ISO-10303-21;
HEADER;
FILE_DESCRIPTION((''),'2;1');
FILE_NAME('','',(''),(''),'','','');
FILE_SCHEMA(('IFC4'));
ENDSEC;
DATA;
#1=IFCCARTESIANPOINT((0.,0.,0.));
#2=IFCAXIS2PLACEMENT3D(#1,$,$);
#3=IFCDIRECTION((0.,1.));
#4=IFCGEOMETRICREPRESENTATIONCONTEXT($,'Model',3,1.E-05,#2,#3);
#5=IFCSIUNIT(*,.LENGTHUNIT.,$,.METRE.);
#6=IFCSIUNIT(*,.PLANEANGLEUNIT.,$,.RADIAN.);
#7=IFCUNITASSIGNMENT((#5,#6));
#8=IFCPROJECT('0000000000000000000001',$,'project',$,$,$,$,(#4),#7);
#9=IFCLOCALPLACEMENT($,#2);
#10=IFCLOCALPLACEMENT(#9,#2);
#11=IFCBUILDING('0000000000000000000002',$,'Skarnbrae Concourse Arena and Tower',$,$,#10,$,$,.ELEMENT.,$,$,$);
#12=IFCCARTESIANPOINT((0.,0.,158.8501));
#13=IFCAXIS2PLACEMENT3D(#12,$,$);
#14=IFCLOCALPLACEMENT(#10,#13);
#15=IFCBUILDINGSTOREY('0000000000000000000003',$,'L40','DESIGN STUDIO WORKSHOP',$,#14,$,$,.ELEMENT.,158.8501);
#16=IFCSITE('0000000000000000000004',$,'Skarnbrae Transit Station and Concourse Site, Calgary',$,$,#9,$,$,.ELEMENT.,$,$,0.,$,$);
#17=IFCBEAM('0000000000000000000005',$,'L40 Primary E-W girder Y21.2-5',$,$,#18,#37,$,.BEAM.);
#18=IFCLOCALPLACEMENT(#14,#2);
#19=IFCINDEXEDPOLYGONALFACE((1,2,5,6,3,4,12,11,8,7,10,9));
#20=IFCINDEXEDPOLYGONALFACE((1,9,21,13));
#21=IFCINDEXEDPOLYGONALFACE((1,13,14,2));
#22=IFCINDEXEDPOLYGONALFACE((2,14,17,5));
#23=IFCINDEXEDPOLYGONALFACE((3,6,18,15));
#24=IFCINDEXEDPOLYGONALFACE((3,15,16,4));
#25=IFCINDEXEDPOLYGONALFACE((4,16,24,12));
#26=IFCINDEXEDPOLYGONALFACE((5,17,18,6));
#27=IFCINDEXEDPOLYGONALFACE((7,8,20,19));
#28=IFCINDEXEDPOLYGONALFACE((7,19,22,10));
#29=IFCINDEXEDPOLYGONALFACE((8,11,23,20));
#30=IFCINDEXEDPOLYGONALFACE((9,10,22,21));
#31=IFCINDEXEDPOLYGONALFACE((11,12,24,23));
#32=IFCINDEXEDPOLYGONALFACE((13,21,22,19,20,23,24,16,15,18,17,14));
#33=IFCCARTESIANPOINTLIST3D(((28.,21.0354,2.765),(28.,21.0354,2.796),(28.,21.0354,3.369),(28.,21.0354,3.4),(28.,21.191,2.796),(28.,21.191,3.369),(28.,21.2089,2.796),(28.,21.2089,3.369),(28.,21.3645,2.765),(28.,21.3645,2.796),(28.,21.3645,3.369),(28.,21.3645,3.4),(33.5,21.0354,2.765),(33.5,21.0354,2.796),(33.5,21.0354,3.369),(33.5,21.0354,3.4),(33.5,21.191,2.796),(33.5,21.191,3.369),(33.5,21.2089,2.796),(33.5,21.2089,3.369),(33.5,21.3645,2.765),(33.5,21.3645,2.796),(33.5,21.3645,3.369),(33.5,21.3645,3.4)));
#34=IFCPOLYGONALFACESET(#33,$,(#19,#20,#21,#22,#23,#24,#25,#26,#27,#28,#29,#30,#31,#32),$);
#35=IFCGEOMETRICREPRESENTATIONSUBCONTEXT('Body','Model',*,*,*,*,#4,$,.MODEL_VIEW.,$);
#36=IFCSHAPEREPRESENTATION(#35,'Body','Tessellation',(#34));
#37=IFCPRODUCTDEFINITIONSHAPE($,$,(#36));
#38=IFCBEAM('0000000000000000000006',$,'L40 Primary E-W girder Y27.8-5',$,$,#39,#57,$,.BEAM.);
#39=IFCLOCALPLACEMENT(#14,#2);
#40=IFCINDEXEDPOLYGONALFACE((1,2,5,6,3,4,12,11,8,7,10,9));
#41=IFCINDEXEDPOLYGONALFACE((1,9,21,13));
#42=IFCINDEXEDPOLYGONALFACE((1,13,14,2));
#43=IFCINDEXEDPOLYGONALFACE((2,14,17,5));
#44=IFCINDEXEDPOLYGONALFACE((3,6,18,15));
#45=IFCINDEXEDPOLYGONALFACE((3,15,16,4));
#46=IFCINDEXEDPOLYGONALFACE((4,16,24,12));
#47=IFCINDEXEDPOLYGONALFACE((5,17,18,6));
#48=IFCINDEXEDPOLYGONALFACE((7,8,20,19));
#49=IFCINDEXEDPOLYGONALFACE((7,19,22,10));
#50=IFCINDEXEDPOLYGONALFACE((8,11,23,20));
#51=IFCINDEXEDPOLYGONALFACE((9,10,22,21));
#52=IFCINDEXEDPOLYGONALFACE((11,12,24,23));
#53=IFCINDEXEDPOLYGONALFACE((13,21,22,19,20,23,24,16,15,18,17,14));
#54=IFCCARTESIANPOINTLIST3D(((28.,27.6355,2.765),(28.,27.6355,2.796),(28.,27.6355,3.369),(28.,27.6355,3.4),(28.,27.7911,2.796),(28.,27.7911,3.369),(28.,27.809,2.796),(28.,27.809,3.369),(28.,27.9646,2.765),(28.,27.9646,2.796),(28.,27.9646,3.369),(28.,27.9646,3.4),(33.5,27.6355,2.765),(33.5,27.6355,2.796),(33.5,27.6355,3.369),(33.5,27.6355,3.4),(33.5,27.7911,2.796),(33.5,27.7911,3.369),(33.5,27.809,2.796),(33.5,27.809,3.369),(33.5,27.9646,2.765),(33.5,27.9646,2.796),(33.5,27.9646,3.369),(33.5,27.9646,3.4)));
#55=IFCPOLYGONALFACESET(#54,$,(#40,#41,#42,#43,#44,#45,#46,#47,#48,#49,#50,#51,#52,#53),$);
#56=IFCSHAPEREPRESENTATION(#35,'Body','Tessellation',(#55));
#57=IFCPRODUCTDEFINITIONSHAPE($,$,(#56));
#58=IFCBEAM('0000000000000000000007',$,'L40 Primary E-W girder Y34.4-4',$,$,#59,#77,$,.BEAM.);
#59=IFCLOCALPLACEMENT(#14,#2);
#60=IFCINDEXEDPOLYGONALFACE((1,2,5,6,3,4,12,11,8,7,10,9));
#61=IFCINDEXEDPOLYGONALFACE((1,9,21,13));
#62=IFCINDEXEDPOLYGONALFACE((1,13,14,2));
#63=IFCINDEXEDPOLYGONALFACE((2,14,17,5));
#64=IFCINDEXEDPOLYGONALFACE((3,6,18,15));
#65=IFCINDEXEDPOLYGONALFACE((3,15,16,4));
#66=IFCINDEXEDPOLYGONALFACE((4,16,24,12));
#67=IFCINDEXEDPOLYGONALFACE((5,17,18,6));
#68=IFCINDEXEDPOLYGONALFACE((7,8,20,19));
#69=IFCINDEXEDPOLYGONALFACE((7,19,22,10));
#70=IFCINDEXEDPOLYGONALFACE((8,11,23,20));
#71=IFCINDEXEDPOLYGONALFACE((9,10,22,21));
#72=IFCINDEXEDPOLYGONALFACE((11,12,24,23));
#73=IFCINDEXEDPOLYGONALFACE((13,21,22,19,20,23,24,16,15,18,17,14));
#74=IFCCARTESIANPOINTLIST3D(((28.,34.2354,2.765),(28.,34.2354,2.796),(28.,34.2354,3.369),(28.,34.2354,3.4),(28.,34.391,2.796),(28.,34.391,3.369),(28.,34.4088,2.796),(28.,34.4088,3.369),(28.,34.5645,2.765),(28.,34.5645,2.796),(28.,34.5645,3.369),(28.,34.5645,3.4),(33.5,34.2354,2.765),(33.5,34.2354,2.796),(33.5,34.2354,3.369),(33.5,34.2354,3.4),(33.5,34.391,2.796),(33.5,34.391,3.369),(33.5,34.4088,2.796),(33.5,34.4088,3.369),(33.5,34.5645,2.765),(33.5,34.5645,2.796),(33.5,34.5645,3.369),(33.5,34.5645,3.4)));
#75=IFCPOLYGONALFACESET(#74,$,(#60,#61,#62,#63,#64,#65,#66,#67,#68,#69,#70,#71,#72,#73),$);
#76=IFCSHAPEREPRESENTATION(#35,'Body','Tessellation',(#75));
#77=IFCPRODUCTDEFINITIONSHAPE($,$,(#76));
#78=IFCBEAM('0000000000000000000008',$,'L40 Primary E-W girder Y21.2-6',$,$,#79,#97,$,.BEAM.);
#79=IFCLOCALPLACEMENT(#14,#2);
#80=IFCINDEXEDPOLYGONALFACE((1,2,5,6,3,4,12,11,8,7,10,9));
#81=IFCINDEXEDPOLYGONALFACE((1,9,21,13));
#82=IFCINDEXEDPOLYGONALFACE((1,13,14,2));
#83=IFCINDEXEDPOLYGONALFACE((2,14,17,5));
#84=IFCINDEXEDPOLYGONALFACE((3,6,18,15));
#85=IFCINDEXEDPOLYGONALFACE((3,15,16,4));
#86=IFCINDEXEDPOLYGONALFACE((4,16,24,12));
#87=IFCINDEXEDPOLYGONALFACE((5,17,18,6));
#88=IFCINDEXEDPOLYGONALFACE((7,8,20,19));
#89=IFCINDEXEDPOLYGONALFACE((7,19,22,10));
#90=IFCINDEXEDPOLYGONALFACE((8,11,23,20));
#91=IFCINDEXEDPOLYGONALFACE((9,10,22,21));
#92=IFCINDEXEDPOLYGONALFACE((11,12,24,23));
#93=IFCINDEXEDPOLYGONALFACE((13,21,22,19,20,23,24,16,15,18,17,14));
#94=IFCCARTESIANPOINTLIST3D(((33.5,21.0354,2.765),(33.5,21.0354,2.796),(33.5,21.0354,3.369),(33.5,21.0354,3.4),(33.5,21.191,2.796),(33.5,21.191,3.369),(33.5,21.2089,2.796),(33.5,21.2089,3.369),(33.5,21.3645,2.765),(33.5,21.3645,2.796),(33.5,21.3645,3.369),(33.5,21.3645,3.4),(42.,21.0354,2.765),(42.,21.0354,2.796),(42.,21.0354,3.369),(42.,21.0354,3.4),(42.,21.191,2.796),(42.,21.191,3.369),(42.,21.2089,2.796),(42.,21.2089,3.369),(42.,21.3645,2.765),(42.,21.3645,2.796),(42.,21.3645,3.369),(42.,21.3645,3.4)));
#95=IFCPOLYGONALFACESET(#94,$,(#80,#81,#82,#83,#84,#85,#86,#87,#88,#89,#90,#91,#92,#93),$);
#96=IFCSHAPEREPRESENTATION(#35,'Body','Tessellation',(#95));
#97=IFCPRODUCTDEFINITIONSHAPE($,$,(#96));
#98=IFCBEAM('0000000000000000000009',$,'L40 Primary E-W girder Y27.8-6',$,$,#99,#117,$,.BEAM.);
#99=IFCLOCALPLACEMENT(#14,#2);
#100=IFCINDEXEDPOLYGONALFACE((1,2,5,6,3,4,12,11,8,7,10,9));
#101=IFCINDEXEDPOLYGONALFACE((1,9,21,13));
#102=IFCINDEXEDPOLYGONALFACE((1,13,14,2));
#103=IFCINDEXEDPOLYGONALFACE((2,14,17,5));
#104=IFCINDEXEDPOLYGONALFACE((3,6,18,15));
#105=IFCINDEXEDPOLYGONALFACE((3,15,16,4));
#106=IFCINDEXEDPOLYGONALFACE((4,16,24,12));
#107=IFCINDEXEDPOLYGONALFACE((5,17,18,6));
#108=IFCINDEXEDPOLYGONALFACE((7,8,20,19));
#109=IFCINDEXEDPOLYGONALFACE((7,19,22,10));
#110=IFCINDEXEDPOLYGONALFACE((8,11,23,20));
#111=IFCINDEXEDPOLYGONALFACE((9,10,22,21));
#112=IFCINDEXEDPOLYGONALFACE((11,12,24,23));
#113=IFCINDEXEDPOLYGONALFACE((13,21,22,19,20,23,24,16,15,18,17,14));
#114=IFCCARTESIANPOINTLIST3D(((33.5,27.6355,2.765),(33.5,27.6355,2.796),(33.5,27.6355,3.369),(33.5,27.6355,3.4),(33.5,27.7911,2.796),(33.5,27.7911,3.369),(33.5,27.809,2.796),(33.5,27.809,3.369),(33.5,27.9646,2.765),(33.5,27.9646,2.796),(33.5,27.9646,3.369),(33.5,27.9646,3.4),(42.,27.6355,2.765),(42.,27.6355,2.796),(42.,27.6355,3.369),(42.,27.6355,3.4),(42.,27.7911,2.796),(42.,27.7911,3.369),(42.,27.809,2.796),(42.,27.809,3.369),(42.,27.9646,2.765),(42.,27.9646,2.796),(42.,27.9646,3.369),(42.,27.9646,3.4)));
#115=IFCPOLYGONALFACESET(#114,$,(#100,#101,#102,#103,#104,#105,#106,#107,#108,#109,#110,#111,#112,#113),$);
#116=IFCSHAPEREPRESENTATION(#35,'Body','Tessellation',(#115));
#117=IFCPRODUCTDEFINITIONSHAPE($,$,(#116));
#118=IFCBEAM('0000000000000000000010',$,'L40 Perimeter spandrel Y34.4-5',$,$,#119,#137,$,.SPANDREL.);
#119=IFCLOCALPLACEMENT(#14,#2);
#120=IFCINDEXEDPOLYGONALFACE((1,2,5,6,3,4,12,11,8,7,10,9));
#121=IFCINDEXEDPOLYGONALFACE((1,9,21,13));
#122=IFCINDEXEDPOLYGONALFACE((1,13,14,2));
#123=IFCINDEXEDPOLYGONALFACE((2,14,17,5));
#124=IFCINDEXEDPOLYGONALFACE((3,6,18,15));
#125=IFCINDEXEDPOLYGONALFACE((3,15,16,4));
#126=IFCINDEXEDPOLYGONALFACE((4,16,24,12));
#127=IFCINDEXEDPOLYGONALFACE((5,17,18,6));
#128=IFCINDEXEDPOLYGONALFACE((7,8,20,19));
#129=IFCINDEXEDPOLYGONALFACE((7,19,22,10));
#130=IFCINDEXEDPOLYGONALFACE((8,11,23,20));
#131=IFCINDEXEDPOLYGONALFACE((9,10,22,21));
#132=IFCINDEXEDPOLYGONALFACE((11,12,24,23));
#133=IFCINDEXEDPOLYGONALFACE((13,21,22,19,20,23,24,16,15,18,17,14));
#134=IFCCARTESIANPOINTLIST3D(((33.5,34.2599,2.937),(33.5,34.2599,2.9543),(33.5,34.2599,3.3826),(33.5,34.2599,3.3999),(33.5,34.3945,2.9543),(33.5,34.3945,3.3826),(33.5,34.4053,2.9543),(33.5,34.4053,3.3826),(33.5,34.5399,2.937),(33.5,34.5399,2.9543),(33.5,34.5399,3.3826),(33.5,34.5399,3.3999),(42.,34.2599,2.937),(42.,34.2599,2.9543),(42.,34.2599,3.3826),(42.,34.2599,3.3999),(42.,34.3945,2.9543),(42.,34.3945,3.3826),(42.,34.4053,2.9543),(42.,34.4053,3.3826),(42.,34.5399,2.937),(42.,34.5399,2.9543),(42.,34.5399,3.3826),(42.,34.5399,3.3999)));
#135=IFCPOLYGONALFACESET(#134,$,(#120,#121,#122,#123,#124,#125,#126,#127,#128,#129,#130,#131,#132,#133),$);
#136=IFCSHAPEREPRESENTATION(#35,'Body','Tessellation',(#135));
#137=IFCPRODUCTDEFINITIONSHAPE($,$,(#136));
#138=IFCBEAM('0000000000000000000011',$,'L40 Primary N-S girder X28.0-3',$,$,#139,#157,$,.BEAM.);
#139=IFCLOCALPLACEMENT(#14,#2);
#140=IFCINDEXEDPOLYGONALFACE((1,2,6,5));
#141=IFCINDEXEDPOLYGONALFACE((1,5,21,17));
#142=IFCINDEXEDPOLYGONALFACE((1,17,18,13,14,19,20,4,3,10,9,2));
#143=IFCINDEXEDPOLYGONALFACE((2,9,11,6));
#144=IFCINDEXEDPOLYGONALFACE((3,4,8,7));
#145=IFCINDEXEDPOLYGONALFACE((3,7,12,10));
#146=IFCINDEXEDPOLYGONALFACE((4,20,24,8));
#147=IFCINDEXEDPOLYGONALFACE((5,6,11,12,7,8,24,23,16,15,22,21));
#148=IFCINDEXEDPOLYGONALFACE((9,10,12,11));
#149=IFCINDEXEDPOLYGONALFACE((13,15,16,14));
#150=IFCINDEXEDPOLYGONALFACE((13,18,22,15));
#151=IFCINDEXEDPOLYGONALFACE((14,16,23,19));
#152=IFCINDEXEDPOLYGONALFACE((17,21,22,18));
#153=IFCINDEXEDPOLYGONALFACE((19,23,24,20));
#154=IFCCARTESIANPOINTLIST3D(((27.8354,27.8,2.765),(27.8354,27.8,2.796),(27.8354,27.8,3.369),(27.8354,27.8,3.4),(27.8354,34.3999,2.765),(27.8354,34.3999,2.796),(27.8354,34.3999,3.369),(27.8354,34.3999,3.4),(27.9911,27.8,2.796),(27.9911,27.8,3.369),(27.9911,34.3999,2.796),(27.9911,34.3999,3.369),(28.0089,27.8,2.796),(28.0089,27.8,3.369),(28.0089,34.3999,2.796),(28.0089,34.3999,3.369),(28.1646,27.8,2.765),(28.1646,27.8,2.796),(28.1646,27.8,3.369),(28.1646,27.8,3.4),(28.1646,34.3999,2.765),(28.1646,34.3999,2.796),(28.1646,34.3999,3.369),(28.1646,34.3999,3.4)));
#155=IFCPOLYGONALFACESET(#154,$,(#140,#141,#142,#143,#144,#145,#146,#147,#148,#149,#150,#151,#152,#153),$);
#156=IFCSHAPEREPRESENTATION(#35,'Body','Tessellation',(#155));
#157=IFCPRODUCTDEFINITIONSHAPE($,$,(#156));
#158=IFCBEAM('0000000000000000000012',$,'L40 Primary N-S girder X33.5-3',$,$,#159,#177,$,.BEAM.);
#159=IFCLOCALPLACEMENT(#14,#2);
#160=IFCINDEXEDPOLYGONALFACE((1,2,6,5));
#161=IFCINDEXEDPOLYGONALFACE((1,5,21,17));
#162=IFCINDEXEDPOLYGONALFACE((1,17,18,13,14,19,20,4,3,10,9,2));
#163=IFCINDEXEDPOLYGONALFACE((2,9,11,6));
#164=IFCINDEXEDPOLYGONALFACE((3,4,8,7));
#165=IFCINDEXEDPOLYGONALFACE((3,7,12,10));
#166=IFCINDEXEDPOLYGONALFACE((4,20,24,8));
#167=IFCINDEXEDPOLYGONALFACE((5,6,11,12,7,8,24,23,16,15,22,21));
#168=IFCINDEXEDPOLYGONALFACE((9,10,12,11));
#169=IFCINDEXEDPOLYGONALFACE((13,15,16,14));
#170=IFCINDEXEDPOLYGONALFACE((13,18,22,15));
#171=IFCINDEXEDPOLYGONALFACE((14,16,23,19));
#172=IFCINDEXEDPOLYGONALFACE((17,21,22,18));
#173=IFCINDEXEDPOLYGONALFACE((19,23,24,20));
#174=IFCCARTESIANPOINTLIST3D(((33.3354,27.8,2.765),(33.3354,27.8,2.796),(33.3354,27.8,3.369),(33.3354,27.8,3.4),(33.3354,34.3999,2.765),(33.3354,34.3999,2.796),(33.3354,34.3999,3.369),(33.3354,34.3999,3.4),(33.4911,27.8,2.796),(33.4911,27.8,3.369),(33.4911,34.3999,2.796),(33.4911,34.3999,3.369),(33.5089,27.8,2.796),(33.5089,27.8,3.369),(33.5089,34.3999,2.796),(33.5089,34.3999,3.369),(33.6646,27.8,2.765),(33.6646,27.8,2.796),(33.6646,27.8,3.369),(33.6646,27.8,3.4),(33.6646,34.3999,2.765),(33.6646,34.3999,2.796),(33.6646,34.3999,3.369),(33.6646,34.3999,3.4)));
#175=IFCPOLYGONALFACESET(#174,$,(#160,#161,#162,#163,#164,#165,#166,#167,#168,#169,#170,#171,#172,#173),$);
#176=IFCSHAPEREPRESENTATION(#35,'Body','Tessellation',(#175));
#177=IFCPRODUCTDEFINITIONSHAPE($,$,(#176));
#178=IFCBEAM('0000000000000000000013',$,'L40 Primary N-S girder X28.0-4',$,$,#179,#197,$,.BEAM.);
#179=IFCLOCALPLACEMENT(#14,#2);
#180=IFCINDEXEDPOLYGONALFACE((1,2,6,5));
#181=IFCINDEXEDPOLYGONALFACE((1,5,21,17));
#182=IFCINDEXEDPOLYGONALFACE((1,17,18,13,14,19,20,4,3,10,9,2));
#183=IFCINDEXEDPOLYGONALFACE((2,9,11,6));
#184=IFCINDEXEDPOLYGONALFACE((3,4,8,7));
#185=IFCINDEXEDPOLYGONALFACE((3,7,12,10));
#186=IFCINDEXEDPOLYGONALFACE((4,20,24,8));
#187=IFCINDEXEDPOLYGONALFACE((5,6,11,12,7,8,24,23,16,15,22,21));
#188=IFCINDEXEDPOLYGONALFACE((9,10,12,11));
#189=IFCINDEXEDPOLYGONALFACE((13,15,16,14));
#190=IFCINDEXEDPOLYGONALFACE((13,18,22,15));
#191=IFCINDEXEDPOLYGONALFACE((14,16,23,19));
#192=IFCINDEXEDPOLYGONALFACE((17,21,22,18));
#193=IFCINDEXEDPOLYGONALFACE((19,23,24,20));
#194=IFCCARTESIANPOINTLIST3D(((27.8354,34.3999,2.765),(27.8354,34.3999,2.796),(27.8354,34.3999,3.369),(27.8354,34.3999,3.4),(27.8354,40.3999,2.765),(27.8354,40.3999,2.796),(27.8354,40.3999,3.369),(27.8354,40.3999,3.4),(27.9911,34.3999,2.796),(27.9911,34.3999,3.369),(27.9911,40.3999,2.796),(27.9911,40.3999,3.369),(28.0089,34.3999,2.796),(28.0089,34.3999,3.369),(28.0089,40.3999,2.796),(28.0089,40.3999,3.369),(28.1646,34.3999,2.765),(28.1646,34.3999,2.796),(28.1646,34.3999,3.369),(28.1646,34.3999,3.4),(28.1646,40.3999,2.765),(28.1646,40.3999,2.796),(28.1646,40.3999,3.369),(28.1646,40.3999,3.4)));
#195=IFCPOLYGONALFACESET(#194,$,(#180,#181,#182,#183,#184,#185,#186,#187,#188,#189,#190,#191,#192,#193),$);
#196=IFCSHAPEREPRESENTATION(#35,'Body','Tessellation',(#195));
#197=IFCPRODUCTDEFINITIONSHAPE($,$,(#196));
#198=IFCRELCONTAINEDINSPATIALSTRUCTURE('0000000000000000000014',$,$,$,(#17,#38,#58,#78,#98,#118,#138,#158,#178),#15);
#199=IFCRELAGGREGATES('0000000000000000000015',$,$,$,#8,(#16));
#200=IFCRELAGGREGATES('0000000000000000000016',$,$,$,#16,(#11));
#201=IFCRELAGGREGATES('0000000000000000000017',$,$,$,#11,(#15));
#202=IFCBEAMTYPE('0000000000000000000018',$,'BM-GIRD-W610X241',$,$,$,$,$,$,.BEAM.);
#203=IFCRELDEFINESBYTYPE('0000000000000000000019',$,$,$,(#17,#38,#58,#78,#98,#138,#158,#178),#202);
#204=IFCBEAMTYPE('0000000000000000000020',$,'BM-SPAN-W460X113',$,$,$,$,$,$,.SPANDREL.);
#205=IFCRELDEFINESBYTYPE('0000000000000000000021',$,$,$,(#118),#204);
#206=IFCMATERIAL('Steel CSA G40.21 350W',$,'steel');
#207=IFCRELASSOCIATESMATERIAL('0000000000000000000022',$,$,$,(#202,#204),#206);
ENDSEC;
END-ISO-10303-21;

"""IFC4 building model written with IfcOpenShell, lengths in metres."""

from ifc_helpers import new_model, si_unit, direction, frame, origin, origin_2d, place, context, subcontext, project, spatial, i_section, extrude, source, transform, mapped, material, material_profile, profile_set, type_object, element, save


model = new_model("IFC4")

# Units and contexts
model_context = context("Model", 3, precision=1e-05, world=origin(), true_north=direction((0.0, 1.0)))
body_context = subcontext(model_context, "Body", "Model", "MODEL_VIEW")
ifc_project = project(units=[si_unit("LENGTHUNIT", "METRE"), si_unit("PLANEANGLEUNIT", "RADIAN")], contexts=[model_context])

# Site, building, storey
site_placement = place(None, origin())
site = spatial("IfcSite", under=ifc_project, at=site_placement, Name="Skarnbrae Transit Station and Concourse Site, Calgary", CompositionType="ELEMENT", RefElevation=0.0)
building_placement = place(site_placement, origin())
building = spatial("IfcBuilding", under=site, at=building_placement, Name="Skarnbrae Concourse Arena and Tower", CompositionType="ELEMENT")
storey_placement = place(building_placement, frame((0.0, 0.0, 158.8501)))
storey = spatial("IfcBuildingStorey", under=building, at=storey_placement, Name="L40", Description="DESIGN STUDIO WORKSHOP", CompositionType="ELEMENT", Elevation=158.8501)

# Shared definitions
ifc_material_1 = material(Name="Steel CSA G40.21 350W", Category="steel")

# Beams
ifc_material_profile_1 = material_profile(ifc_material_1, i_section(OverallWidth=0.3291, OverallDepth=0.635, WebThickness=0.0178, FlangeThickness=0.031, at=origin_2d()), Name="W610X241")
ifc_profile_set_1 = profile_set([ifc_material_profile_1], Name="Steel CSA G40.21 350W")
beam_type_1 = type_object("IfcBeamType", Name="BM-GIRD-W610X241", PredefinedType="BEAM", material=ifc_profile_set_1)
shared_shape_1 = source(origin(), body_context, "Body", "SweptSolid", [
    extrude(i_section(OverallWidth=0.3291, OverallDepth=0.635, WebThickness=0.0178, FlangeThickness=0.031, at=origin_2d()), origin(), (0.0, 0.0, 1.0), 5.5),
])
for number, where, z_axis, x_axis, name in (
    (1, (28.0, 21.2, 3.0825), (1.0, 0.0, 0.0), (0.0, 1.0, 0.0), "L40 Primary E-W girder Y21.2-5"),
    (2, (28.0, 27.8, 3.0825), (1.0, 0.0, 0.0), (0.0, 1.0, 0.0), "L40 Primary E-W girder Y27.8-5"),
    (3, (28.0, 34.3999, 3.0825), (1.0, 0.0, 0.0), (0.0, 1.0, 0.0), "L40 Primary E-W girder Y34.4-4"),
):
    element("IfcBeam", number, at=place(storey_placement, frame(where, z_axis=z_axis, x_axis=x_axis)), inside=storey, type_object=beam_type_1, Name=name, PredefinedType="BEAM", context=body_context, shape_type="MappedRepresentation", body=[
        mapped(shared_shape_1, transform((0.0, 0.0, 0.0))),
    ])
shared_shape_2 = source(origin(), body_context, "Body", "SweptSolid", [
    extrude(i_section(OverallWidth=0.3291, OverallDepth=0.635, WebThickness=0.0178, FlangeThickness=0.031, at=origin_2d()), origin(), (0.0, 0.0, 1.0), 8.5),
])
for number, where, z_axis, x_axis, name in (
    (4, (33.5, 21.2, 3.0825), (1.0, 0.0, 0.0), (0.0, 1.0, 0.0), "L40 Primary E-W girder Y21.2-6"),
    (5, (33.5, 27.8, 3.0825), (1.0, 0.0, 0.0), (0.0, 1.0, 0.0), "L40 Primary E-W girder Y27.8-6"),
):
    element("IfcBeam", number, at=place(storey_placement, frame(where, z_axis=z_axis, x_axis=x_axis)), inside=storey, type_object=beam_type_1, Name=name, PredefinedType="BEAM", context=body_context, shape_type="MappedRepresentation", body=[
        mapped(shared_shape_2, transform((0.0, 0.0, 0.0))),
    ])
ifc_material_profile_2 = material_profile(ifc_material_1, i_section(OverallWidth=0.28, OverallDepth=0.4629, WebThickness=0.0107, FlangeThickness=0.0173, at=origin_2d()), Name="W460X113")
ifc_profile_set_2 = profile_set([ifc_material_profile_2], Name="Steel CSA G40.21 350W")
beam_type_2 = type_object("IfcBeamType", Name="BM-SPAN-W460X113", PredefinedType="SPANDREL", material=ifc_profile_set_2)
shared_shape_3 = source(origin(), body_context, "Body", "SweptSolid", [
    extrude(i_section(OverallWidth=0.28, OverallDepth=0.4629, WebThickness=0.0107, FlangeThickness=0.0173, at=origin_2d()), origin(), (0.0, 0.0, 1.0), 8.5),
])
beam_1_placement = place(storey_placement, frame((33.5, 34.3999, 3.1685), z_axis=(1.0, 0.0, 0.0), x_axis=(0.0, 1.0, 0.0)))
element("IfcBeam", 6, at=beam_1_placement, inside=storey, type_object=beam_type_2, Name="L40 Perimeter spandrel Y34.4-5", PredefinedType="SPANDREL", context=body_context, shape_type="MappedRepresentation", body=[
    mapped(shared_shape_3, transform((0.0, 0.0, 0.0))),
])
shared_shape_4 = source(origin(), body_context, "Body", "SweptSolid", [
    extrude(i_section(OverallWidth=0.3291, OverallDepth=0.635, WebThickness=0.0178, FlangeThickness=0.031, at=origin_2d()), origin(), (0.0, 0.0, 1.0), 6.5999),
])
for number, where, z_axis, x_axis, name in (
    (7, (28.0, 27.8, 3.0825), (0.0, 1.0, 0.0), (-1.0, 0.0, 0.0), "L40 Primary N-S girder X28.0-3"),
    (8, (33.5, 27.8, 3.0825), (0.0, 1.0, 0.0), (-1.0, 0.0, 0.0), "L40 Primary N-S girder X33.5-3"),
):
    element("IfcBeam", number, at=place(storey_placement, frame(where, z_axis=z_axis, x_axis=x_axis)), inside=storey, type_object=beam_type_1, Name=name, PredefinedType="BEAM", context=body_context, shape_type="MappedRepresentation", body=[
        mapped(shared_shape_4, transform((0.0, 0.0, 0.0))),
    ])
shared_shape_5 = source(origin(), body_context, "Body", "SweptSolid", [
    extrude(i_section(OverallWidth=0.3291, OverallDepth=0.635, WebThickness=0.0178, FlangeThickness=0.031, at=origin_2d()), origin(), (0.0, 0.0, 1.0), 6.0),
])
beam_2_placement = place(storey_placement, frame((28.0, 34.3999, 3.0825), z_axis=(0.0, 1.0, 0.0), x_axis=(-1.0, 0.0, 0.0)))
element("IfcBeam", 9, at=beam_2_placement, inside=storey, type_object=beam_type_1, Name="L40 Primary N-S girder X28.0-4", PredefinedType="BEAM", context=body_context, shape_type="MappedRepresentation", body=[
    mapped(shared_shape_5, transform((0.0, 0.0, 0.0))),
])

save(model, "model.ifc")
